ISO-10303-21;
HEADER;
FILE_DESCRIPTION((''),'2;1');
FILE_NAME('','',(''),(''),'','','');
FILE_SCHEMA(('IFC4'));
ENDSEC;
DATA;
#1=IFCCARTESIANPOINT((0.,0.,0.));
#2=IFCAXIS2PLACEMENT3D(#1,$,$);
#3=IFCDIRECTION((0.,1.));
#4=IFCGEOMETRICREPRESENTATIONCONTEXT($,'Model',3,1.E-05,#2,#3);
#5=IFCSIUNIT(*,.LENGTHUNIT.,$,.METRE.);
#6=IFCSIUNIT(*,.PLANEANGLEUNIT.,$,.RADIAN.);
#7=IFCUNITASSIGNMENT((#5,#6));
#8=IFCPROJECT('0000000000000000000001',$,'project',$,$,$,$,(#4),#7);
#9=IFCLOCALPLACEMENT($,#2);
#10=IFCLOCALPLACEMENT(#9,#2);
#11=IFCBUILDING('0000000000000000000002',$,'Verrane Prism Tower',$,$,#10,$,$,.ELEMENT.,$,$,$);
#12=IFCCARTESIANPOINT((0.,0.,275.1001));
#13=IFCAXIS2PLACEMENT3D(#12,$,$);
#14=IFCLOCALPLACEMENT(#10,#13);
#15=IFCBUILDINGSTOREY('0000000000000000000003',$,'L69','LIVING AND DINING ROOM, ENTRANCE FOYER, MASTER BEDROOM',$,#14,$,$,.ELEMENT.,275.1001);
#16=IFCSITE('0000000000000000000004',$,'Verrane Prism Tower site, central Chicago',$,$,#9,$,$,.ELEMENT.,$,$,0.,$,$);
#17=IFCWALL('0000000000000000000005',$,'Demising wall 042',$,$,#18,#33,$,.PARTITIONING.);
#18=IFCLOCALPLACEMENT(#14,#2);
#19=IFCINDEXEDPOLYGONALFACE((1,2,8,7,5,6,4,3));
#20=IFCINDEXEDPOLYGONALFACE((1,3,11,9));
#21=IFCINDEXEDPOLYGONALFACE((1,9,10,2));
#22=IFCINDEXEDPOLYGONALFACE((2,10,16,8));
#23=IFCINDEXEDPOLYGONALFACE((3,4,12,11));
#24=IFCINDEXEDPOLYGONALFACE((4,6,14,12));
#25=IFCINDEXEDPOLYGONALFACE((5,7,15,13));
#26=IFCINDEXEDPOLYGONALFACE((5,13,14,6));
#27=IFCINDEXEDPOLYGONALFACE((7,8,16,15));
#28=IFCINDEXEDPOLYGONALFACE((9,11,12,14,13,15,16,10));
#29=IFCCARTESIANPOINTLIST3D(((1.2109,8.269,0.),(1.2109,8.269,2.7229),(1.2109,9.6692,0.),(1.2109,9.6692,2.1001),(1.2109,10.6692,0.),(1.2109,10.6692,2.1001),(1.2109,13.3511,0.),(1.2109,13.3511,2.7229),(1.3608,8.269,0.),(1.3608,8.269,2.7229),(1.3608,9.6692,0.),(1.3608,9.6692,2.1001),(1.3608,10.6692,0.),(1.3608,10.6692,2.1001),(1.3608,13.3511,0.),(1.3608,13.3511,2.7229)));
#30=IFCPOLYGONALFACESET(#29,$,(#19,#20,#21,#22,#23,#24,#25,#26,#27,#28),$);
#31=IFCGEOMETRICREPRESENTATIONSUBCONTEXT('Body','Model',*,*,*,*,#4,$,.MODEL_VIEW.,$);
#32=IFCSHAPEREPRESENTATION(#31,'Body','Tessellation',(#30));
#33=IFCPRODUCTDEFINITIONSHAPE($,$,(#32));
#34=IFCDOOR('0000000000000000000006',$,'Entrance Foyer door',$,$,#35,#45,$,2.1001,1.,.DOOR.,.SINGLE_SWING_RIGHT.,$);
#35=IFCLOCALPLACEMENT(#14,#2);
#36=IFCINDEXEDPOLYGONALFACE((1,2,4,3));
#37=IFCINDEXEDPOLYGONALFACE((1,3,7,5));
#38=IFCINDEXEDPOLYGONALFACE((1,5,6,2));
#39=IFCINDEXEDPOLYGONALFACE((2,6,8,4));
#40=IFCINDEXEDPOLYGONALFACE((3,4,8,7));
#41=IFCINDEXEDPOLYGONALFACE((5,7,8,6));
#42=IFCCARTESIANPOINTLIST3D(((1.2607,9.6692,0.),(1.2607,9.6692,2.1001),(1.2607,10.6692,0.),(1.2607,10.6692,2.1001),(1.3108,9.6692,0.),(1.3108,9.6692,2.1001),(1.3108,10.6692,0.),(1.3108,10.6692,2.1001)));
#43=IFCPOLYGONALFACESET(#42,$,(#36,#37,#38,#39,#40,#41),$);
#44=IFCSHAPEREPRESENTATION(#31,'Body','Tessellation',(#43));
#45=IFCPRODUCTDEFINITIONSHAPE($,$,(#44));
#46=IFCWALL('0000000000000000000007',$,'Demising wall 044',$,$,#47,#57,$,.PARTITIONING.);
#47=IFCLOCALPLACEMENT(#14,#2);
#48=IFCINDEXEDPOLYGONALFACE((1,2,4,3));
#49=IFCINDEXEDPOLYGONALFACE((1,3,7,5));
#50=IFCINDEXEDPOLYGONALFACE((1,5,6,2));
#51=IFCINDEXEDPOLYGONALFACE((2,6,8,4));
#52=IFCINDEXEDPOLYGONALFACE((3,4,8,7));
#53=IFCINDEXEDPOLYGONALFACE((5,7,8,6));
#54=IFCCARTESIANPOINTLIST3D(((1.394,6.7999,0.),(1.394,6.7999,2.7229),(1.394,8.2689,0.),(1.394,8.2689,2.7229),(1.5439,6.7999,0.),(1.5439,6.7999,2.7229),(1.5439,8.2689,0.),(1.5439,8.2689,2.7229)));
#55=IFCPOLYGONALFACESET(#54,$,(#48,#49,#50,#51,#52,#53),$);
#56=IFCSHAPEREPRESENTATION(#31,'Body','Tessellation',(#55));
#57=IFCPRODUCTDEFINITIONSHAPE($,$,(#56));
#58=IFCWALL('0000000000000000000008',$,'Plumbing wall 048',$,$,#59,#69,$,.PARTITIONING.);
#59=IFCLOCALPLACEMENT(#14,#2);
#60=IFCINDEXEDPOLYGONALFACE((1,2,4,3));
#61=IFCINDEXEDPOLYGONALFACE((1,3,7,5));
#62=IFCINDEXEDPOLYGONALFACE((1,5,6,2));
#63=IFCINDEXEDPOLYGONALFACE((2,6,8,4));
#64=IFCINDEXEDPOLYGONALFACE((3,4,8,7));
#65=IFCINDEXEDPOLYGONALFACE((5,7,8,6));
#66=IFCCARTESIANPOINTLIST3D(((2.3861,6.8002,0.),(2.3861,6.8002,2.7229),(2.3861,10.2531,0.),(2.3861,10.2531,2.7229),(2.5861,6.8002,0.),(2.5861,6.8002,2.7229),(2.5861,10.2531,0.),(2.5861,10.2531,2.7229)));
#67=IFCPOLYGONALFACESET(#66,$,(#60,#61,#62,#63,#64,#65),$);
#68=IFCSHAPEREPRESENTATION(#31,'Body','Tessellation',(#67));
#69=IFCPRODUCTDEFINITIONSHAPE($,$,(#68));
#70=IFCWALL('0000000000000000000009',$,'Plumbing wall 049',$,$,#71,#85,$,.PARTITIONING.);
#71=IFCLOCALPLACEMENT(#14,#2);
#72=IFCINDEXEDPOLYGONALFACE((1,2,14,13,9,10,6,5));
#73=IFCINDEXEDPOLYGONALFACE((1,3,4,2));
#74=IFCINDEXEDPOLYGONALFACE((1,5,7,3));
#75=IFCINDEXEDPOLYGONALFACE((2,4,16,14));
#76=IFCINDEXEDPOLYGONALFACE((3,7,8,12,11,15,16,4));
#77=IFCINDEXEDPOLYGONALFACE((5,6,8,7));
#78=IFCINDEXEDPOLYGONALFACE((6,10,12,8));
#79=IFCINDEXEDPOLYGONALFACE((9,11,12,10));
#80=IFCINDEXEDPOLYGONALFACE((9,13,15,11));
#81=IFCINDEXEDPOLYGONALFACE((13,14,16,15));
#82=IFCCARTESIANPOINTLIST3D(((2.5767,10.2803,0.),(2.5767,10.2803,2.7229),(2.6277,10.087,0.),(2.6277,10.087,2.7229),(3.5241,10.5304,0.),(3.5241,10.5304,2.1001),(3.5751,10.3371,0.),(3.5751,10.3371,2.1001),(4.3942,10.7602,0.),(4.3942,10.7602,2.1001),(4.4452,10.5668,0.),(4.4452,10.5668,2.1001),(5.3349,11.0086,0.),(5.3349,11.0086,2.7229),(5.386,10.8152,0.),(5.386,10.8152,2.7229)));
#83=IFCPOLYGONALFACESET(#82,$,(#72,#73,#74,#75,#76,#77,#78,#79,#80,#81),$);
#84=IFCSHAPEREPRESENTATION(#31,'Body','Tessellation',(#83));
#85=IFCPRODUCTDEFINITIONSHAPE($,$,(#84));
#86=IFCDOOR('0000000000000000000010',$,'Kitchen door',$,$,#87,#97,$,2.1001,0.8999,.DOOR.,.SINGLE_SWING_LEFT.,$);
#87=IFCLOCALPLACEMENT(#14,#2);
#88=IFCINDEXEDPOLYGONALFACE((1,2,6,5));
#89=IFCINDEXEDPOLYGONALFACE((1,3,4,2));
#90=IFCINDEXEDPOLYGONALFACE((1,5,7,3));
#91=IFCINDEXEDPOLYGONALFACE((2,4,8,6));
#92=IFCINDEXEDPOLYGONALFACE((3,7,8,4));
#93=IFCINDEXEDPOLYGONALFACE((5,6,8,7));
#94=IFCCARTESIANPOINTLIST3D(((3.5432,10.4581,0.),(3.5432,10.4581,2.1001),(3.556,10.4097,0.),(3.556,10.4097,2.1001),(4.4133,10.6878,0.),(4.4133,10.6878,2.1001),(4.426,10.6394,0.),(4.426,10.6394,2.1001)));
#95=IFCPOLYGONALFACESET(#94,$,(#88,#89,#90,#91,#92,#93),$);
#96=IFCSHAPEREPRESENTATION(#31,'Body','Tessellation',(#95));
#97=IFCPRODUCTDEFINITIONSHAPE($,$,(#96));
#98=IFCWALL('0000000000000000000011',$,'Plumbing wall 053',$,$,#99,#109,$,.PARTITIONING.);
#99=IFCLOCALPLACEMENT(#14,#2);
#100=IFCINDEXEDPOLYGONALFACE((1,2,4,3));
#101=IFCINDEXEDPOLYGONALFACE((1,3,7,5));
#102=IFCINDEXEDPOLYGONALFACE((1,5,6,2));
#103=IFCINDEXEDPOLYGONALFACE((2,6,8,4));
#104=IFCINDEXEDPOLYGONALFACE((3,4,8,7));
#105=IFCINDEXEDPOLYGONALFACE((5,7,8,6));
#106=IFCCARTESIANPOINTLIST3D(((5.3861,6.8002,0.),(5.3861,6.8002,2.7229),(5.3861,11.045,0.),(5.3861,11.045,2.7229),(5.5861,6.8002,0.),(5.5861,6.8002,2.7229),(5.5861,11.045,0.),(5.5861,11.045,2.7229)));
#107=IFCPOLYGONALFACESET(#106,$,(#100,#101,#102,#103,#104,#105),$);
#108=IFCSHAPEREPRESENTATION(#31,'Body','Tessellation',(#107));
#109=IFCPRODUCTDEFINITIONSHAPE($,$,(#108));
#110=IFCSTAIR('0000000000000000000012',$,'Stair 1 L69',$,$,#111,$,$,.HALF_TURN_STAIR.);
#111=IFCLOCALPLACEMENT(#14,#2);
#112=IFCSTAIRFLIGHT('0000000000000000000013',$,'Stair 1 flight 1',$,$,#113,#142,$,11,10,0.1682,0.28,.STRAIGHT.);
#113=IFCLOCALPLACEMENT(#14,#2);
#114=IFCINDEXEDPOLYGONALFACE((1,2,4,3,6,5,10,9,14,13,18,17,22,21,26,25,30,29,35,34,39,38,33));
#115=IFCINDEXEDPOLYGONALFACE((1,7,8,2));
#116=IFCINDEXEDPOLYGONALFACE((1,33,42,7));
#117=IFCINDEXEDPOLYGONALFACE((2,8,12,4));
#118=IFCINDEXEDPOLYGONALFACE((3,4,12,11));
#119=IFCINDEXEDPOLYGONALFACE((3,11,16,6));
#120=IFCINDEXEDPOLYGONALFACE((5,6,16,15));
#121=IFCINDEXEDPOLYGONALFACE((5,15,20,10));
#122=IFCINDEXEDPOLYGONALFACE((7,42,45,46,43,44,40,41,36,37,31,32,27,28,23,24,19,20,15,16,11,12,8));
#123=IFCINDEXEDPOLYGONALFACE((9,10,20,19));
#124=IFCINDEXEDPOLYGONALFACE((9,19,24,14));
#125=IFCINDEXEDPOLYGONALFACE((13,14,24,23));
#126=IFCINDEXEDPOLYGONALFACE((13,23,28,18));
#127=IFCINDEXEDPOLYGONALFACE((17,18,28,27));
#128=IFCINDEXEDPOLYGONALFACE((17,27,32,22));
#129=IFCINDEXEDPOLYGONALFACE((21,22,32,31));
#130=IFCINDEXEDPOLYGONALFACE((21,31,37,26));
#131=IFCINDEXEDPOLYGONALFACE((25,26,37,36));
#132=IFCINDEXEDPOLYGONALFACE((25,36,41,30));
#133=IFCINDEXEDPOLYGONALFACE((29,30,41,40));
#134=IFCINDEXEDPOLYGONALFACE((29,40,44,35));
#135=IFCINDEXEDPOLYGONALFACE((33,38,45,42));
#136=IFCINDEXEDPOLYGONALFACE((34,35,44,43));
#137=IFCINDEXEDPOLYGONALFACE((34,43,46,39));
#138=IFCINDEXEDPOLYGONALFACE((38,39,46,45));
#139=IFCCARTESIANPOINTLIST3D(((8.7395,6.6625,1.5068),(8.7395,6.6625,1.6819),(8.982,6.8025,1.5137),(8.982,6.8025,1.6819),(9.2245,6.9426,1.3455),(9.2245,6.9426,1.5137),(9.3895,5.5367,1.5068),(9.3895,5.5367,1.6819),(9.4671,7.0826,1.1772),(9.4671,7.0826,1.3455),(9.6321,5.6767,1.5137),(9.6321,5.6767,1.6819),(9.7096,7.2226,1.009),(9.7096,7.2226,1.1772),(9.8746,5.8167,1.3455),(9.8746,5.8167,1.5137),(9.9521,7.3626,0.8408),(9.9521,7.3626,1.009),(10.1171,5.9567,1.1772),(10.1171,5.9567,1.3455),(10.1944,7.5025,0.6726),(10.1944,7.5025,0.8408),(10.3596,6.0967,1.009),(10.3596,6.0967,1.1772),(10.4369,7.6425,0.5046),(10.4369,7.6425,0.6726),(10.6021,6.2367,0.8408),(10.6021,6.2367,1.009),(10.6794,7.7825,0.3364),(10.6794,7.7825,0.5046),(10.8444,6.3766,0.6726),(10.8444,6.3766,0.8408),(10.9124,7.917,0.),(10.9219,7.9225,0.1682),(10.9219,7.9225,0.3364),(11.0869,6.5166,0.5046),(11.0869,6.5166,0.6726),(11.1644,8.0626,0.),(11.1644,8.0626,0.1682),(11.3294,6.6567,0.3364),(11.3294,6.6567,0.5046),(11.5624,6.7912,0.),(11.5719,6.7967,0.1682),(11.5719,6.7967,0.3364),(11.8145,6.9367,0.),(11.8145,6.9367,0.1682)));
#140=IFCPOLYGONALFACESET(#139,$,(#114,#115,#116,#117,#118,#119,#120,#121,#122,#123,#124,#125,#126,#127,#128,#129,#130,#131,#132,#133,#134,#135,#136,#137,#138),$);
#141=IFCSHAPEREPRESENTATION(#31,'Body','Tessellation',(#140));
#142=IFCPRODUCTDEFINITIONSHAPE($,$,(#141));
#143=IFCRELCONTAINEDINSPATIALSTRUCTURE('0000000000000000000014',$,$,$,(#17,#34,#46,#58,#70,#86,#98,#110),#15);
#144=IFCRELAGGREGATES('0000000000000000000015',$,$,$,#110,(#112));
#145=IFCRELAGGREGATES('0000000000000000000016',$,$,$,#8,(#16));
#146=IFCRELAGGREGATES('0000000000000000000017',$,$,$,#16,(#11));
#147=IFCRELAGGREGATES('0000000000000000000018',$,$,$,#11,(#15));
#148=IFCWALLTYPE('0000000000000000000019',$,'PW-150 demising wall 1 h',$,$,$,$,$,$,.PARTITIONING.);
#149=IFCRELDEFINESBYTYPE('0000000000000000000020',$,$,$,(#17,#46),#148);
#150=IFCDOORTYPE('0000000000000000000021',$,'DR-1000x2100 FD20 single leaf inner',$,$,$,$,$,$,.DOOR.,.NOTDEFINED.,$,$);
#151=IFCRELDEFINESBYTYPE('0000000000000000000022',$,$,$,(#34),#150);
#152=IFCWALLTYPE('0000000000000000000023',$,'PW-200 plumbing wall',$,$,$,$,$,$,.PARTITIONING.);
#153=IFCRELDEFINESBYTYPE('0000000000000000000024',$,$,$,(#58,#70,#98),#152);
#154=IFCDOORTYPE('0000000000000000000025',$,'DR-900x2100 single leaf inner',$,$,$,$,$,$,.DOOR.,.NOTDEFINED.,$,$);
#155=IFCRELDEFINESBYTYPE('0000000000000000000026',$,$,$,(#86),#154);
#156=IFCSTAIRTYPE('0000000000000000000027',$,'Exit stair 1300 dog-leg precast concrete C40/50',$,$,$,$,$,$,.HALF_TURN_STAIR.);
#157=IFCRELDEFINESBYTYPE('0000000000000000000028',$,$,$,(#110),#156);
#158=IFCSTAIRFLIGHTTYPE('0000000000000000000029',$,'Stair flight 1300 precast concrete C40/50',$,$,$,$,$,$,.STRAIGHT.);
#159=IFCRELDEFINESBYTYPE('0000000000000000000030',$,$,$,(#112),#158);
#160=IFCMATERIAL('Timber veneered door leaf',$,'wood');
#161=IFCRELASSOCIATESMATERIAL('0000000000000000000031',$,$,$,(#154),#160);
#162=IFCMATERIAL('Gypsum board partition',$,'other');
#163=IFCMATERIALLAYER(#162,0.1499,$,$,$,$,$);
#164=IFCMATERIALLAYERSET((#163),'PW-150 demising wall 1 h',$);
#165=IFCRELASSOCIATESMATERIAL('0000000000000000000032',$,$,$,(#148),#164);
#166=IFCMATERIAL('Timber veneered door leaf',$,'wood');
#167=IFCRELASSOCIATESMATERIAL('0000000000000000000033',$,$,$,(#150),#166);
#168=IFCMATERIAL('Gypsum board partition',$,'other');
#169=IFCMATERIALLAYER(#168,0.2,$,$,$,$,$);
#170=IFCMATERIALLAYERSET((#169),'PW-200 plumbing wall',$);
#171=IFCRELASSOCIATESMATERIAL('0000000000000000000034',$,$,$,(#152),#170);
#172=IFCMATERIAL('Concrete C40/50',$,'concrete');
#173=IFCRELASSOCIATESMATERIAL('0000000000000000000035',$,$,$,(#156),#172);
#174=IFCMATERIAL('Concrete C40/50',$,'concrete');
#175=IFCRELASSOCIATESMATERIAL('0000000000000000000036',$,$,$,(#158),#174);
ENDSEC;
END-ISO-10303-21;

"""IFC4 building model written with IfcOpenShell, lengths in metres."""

from ifc_helpers import new_model, si_unit, direction, frame, frame_2d, origin, place, context, subcontext, project, spatial, polyline, rectangle, outline, extrude, material, layer, layer_set, type_object, element, fill, aggregate, save


model = new_model("IFC4")

# Units and contexts
model_context = context("Model", 3, precision=1e-05, world=origin(), true_north=direction((0.0, 1.0)))
body_context = subcontext(model_context, "Body", "Model", "MODEL_VIEW")
ifc_project = project(units=[si_unit("LENGTHUNIT", "METRE"), si_unit("PLANEANGLEUNIT", "RADIAN")], contexts=[model_context])

# Site, building, storey
site_placement = place(None, origin())
site = spatial("IfcSite", under=ifc_project, at=site_placement, Name="Verrane Prism Tower site, central Chicago", CompositionType="ELEMENT", RefElevation=0.0)
building_placement = place(site_placement, origin())
building = spatial("IfcBuilding", under=site, at=building_placement, Name="Verrane Prism Tower", CompositionType="ELEMENT")
storey_placement = place(building_placement, frame((0.0, 0.0, 275.1001)))
storey = spatial("IfcBuildingStorey", under=building, at=storey_placement, Name="L69", Description="LIVING AND DINING ROOM, ENTRANCE FOYER, MASTER BEDROOM", CompositionType="ELEMENT", Elevation=275.1001)

# Wall, opening, door
ifc_material_1 = material(Name="Timber veneered door leaf", Category="wood")
door_type_1 = type_object("IfcDoorType", Name="DR-900x2100 single leaf inner", OperationType="NOTDEFINED", PredefinedType="DOOR", material=ifc_material_1)
ifc_material_2 = material(Name="Gypsum board partition", Category="other")
ifc_layer_1 = layer(ifc_material_2, 0.1499)
ifc_layer_set_1 = layer_set([ifc_layer_1], Name="PW-150 demising wall 1 h")
wall_type_1 = type_object("IfcWallType", Name="PW-150 demising wall 1 h", PredefinedType="PARTITIONING", material=ifc_layer_set_1)
wall_1_placement = place(storey_placement, frame((1.2859, 13.3511, 0.0), z_axis=(0.0, 0.0, 1.0), x_axis=(0.0, -1.0, 0.0)))
wall_1 = element("IfcWall", 1, at=wall_1_placement, inside=storey, type_object=wall_type_1, Name="Demising wall 042", PredefinedType="PARTITIONING", context=body_context, shape_type="SweptSolid", body=[
    extrude(rectangle(XDim=5.082, YDim=0.1499, at=frame_2d((2.541, 0.0))), origin(), (0.0, 0.0, 1.0), 2.7229),
])
opening_1_placement = place(wall_1_placement, frame((2.6819, 0.0, 0.0)))
opening_1 = element("IfcOpeningElement", 2, at=opening_1_placement, cuts=wall_1, PredefinedType="OPENING", context=body_context, shape_type="SweptSolid", body=[
    extrude(rectangle(XDim=1.0, YDim=2.1001, at=frame_2d((0.5, 1.05))), frame((0.0, 0.085, 0.0), z_axis=(0.0, -1.0, 0.0), x_axis=(1.0, 0.0, 0.0)), (0.0, 0.0, 1.0), 0.1699),
])
ifc_material_3 = material(Name="Timber veneered door leaf", Category="wood")
door_type_2 = type_object("IfcDoorType", Name="DR-1000x2100 FD20 single leaf inner", OperationType="NOTDEFINED", PredefinedType="DOOR", material=ifc_material_3)
door_1_placement = place(opening_1_placement, origin())
door_1 = element("IfcDoor", 3, at=door_1_placement, inside=storey, type_object=door_type_2, Name="Entrance Foyer door", OperationType="SINGLE_SWING_RIGHT", OverallHeight=2.1001, OverallWidth=1.0, PredefinedType="DOOR", context=body_context, shape_type="SweptSolid", body=[
    extrude(rectangle(XDim=1.0, YDim=2.1001, at=frame_2d((0.5, 1.05))), frame((0.0, 0.0249, 0.0), z_axis=(0.0, -1.0, 0.0), x_axis=(1.0, 0.0, 0.0)), (0.0, 0.0, 1.0), 0.05),
])
fill(opening_1, door_1)

# Walls
wall_2_placement = place(storey_placement, frame((1.469, 6.8, 0.0), z_axis=(0.0, 0.0, 1.0), x_axis=(0.0, 1.0, 0.0)))
element("IfcWall", 4, at=wall_2_placement, inside=storey, type_object=wall_type_1, Name="Demising wall 044", PredefinedType="PARTITIONING", context=body_context, shape_type="SweptSolid", body=[
    extrude(rectangle(XDim=1.469, YDim=0.1499, at=frame_2d((0.7344, 0.0))), origin(), (0.0, 0.0, 1.0), 2.7229),
])
ifc_material_4 = material(Name="Gypsum board partition", Category="other")
ifc_layer_2 = layer(ifc_material_4, 0.2)
ifc_layer_set_2 = layer_set([ifc_layer_2], Name="PW-200 plumbing wall")
wall_type_2 = type_object("IfcWallType", Name="PW-200 plumbing wall", PredefinedType="PARTITIONING", material=ifc_layer_set_2)
wall_3_placement = place(storey_placement, frame((2.4861, 6.8, 0.0), z_axis=(0.0, 0.0, 1.0), x_axis=(0.0, 1.0, 0.0)))
element("IfcWall", 5, at=wall_3_placement, inside=storey, type_object=wall_type_2, Name="Plumbing wall 048", PredefinedType="PARTITIONING", context=body_context, shape_type="SweptSolid", body=[
    extrude(rectangle(XDim=3.4529, YDim=0.2, at=frame_2d((1.7266, 0.0))), origin(), (0.0, 0.0, 1.0), 2.7229),
])

# Wall, opening, door
wall_4_placement = place(storey_placement, frame((5.3604, 10.9119, 0.0), z_axis=(0.0, 0.0, 1.0), x_axis=(-0.966867, -0.255281, 0.0)))
wall_4 = element("IfcWall", 6, at=wall_4_placement, inside=storey, type_object=wall_type_2, Name="Plumbing wall 049", PredefinedType="PARTITIONING", context=body_context, shape_type="SweptSolid", body=[
    extrude(rectangle(XDim=2.8528, YDim=0.2, at=frame_2d((1.4263, 0.0))), origin(), (0.0, 0.0, 1.0), 2.7229),
])
opening_2_placement = place(wall_4_placement, frame((0.9729, 0.0, 0.0)))
opening_2 = element("IfcOpeningElement", 7, at=opening_2_placement, cuts=wall_4, PredefinedType="OPENING", context=body_context, shape_type="SweptSolid", body=[
    extrude(rectangle(XDim=0.8999, YDim=2.1001, at=frame_2d((0.45, 1.05))), frame((0.0, 0.1099, 0.0), z_axis=(0.0, -1.0, 0.0), x_axis=(1.0, 0.0, 0.0)), (0.0, 0.0, 1.0), 0.22),
])
door_2_placement = place(opening_2_placement, origin())
door_2 = element("IfcDoor", 8, at=door_2_placement, inside=storey, type_object=door_type_1, Name="Kitchen door", OperationType="SINGLE_SWING_LEFT", OverallHeight=2.1001, OverallWidth=0.8999, PredefinedType="DOOR", context=body_context, shape_type="SweptSolid", body=[
    extrude(rectangle(XDim=0.8999, YDim=2.1001, at=frame_2d((0.45, 1.05))), frame((0.0, 0.0249, 0.0), z_axis=(0.0, -1.0, 0.0), x_axis=(1.0, 0.0, 0.0)), (0.0, 0.0, 1.0), 0.05),
])
fill(opening_2, door_2)

# Wall
wall_5_placement = place(storey_placement, frame((5.4861, 6.8, 0.0), z_axis=(0.0, 0.0, 1.0), x_axis=(0.0, 1.0, 0.0)))
element("IfcWall", 9, at=wall_5_placement, inside=storey, type_object=wall_type_2, Name="Plumbing wall 053", PredefinedType="PARTITIONING", context=body_context, shape_type="SweptSolid", body=[
    extrude(rectangle(XDim=4.2449, YDim=0.2, at=frame_2d((2.1226, 0.0))), origin(), (0.0, 0.0, 1.0), 2.7229),
])

# Stair, stair flight
ifc_material_5 = material(Name="Concrete C40/50", Category="concrete")
stair_type = type_object("IfcStairType", Name="Exit stair 1300 dog-leg precast concrete C40/50", PredefinedType="HALF_TURN_STAIR", material=ifc_material_5)
stair_placement = place(storey_placement, origin())
stair = element("IfcStair", 10, at=stair_placement, inside=storey, type_object=stair_type, Name="Stair 1 L69", PredefinedType="HALF_TURN_STAIR")
ifc_material_6 = material(Name="Concrete C40/50", Category="concrete")
stair_flight_type = type_object("IfcStairFlightType", Name="Stair flight 1300 precast concrete C40/50", PredefinedType="STRAIGHT", material=ifc_material_6)
stair_flight_placement = place(storey_placement, frame((11.4895, 7.4995, 0.0), z_axis=(0.0, 0.0, 1.0), x_axis=(-0.866025, -0.5, 0.0)))
stair_flight = element("IfcStairFlight", 11, at=stair_flight_placement, type_object=stair_flight_type, Name="Stair 1 flight 1", NumberOfRisers=11, NumberOfTreads=10, PredefinedType="STRAIGHT", RiserHeight=0.1682, TreadLength=0.28, context=body_context, shape_type="SweptSolid", body=[
    extrude(outline(polyline([(0.0, 0.0), (0.0, 0.1682), (0.28, 0.1682), (0.28, 0.3364), (0.5601, 0.3364), (0.5601, 0.5046), (0.8401, 0.5046), (0.8401, 0.6726), (1.1201, 0.6726), (1.1201, 0.8408), (1.3999, 0.8408), (1.3999, 1.009), (1.6799, 1.009), (1.6799, 1.1772), (1.96, 1.1772), (1.96, 1.3455), (2.24, 1.3455), (2.24, 1.5137), (2.52, 1.5137), (2.52, 1.6819), (2.8, 1.6819), (2.8, 1.8501), (2.8, 1.5068), (0.291, 0.0), (0.0, 0.0)])), frame((0.0, 0.6499, 0.0), z_axis=(0.0, -1.0, 0.0), x_axis=(1.0, 0.0, 0.0)), (0.0, 0.0, 1.0), 1.3),
])
aggregate(stair, [stair_flight])

save(model, "model.ifc")
